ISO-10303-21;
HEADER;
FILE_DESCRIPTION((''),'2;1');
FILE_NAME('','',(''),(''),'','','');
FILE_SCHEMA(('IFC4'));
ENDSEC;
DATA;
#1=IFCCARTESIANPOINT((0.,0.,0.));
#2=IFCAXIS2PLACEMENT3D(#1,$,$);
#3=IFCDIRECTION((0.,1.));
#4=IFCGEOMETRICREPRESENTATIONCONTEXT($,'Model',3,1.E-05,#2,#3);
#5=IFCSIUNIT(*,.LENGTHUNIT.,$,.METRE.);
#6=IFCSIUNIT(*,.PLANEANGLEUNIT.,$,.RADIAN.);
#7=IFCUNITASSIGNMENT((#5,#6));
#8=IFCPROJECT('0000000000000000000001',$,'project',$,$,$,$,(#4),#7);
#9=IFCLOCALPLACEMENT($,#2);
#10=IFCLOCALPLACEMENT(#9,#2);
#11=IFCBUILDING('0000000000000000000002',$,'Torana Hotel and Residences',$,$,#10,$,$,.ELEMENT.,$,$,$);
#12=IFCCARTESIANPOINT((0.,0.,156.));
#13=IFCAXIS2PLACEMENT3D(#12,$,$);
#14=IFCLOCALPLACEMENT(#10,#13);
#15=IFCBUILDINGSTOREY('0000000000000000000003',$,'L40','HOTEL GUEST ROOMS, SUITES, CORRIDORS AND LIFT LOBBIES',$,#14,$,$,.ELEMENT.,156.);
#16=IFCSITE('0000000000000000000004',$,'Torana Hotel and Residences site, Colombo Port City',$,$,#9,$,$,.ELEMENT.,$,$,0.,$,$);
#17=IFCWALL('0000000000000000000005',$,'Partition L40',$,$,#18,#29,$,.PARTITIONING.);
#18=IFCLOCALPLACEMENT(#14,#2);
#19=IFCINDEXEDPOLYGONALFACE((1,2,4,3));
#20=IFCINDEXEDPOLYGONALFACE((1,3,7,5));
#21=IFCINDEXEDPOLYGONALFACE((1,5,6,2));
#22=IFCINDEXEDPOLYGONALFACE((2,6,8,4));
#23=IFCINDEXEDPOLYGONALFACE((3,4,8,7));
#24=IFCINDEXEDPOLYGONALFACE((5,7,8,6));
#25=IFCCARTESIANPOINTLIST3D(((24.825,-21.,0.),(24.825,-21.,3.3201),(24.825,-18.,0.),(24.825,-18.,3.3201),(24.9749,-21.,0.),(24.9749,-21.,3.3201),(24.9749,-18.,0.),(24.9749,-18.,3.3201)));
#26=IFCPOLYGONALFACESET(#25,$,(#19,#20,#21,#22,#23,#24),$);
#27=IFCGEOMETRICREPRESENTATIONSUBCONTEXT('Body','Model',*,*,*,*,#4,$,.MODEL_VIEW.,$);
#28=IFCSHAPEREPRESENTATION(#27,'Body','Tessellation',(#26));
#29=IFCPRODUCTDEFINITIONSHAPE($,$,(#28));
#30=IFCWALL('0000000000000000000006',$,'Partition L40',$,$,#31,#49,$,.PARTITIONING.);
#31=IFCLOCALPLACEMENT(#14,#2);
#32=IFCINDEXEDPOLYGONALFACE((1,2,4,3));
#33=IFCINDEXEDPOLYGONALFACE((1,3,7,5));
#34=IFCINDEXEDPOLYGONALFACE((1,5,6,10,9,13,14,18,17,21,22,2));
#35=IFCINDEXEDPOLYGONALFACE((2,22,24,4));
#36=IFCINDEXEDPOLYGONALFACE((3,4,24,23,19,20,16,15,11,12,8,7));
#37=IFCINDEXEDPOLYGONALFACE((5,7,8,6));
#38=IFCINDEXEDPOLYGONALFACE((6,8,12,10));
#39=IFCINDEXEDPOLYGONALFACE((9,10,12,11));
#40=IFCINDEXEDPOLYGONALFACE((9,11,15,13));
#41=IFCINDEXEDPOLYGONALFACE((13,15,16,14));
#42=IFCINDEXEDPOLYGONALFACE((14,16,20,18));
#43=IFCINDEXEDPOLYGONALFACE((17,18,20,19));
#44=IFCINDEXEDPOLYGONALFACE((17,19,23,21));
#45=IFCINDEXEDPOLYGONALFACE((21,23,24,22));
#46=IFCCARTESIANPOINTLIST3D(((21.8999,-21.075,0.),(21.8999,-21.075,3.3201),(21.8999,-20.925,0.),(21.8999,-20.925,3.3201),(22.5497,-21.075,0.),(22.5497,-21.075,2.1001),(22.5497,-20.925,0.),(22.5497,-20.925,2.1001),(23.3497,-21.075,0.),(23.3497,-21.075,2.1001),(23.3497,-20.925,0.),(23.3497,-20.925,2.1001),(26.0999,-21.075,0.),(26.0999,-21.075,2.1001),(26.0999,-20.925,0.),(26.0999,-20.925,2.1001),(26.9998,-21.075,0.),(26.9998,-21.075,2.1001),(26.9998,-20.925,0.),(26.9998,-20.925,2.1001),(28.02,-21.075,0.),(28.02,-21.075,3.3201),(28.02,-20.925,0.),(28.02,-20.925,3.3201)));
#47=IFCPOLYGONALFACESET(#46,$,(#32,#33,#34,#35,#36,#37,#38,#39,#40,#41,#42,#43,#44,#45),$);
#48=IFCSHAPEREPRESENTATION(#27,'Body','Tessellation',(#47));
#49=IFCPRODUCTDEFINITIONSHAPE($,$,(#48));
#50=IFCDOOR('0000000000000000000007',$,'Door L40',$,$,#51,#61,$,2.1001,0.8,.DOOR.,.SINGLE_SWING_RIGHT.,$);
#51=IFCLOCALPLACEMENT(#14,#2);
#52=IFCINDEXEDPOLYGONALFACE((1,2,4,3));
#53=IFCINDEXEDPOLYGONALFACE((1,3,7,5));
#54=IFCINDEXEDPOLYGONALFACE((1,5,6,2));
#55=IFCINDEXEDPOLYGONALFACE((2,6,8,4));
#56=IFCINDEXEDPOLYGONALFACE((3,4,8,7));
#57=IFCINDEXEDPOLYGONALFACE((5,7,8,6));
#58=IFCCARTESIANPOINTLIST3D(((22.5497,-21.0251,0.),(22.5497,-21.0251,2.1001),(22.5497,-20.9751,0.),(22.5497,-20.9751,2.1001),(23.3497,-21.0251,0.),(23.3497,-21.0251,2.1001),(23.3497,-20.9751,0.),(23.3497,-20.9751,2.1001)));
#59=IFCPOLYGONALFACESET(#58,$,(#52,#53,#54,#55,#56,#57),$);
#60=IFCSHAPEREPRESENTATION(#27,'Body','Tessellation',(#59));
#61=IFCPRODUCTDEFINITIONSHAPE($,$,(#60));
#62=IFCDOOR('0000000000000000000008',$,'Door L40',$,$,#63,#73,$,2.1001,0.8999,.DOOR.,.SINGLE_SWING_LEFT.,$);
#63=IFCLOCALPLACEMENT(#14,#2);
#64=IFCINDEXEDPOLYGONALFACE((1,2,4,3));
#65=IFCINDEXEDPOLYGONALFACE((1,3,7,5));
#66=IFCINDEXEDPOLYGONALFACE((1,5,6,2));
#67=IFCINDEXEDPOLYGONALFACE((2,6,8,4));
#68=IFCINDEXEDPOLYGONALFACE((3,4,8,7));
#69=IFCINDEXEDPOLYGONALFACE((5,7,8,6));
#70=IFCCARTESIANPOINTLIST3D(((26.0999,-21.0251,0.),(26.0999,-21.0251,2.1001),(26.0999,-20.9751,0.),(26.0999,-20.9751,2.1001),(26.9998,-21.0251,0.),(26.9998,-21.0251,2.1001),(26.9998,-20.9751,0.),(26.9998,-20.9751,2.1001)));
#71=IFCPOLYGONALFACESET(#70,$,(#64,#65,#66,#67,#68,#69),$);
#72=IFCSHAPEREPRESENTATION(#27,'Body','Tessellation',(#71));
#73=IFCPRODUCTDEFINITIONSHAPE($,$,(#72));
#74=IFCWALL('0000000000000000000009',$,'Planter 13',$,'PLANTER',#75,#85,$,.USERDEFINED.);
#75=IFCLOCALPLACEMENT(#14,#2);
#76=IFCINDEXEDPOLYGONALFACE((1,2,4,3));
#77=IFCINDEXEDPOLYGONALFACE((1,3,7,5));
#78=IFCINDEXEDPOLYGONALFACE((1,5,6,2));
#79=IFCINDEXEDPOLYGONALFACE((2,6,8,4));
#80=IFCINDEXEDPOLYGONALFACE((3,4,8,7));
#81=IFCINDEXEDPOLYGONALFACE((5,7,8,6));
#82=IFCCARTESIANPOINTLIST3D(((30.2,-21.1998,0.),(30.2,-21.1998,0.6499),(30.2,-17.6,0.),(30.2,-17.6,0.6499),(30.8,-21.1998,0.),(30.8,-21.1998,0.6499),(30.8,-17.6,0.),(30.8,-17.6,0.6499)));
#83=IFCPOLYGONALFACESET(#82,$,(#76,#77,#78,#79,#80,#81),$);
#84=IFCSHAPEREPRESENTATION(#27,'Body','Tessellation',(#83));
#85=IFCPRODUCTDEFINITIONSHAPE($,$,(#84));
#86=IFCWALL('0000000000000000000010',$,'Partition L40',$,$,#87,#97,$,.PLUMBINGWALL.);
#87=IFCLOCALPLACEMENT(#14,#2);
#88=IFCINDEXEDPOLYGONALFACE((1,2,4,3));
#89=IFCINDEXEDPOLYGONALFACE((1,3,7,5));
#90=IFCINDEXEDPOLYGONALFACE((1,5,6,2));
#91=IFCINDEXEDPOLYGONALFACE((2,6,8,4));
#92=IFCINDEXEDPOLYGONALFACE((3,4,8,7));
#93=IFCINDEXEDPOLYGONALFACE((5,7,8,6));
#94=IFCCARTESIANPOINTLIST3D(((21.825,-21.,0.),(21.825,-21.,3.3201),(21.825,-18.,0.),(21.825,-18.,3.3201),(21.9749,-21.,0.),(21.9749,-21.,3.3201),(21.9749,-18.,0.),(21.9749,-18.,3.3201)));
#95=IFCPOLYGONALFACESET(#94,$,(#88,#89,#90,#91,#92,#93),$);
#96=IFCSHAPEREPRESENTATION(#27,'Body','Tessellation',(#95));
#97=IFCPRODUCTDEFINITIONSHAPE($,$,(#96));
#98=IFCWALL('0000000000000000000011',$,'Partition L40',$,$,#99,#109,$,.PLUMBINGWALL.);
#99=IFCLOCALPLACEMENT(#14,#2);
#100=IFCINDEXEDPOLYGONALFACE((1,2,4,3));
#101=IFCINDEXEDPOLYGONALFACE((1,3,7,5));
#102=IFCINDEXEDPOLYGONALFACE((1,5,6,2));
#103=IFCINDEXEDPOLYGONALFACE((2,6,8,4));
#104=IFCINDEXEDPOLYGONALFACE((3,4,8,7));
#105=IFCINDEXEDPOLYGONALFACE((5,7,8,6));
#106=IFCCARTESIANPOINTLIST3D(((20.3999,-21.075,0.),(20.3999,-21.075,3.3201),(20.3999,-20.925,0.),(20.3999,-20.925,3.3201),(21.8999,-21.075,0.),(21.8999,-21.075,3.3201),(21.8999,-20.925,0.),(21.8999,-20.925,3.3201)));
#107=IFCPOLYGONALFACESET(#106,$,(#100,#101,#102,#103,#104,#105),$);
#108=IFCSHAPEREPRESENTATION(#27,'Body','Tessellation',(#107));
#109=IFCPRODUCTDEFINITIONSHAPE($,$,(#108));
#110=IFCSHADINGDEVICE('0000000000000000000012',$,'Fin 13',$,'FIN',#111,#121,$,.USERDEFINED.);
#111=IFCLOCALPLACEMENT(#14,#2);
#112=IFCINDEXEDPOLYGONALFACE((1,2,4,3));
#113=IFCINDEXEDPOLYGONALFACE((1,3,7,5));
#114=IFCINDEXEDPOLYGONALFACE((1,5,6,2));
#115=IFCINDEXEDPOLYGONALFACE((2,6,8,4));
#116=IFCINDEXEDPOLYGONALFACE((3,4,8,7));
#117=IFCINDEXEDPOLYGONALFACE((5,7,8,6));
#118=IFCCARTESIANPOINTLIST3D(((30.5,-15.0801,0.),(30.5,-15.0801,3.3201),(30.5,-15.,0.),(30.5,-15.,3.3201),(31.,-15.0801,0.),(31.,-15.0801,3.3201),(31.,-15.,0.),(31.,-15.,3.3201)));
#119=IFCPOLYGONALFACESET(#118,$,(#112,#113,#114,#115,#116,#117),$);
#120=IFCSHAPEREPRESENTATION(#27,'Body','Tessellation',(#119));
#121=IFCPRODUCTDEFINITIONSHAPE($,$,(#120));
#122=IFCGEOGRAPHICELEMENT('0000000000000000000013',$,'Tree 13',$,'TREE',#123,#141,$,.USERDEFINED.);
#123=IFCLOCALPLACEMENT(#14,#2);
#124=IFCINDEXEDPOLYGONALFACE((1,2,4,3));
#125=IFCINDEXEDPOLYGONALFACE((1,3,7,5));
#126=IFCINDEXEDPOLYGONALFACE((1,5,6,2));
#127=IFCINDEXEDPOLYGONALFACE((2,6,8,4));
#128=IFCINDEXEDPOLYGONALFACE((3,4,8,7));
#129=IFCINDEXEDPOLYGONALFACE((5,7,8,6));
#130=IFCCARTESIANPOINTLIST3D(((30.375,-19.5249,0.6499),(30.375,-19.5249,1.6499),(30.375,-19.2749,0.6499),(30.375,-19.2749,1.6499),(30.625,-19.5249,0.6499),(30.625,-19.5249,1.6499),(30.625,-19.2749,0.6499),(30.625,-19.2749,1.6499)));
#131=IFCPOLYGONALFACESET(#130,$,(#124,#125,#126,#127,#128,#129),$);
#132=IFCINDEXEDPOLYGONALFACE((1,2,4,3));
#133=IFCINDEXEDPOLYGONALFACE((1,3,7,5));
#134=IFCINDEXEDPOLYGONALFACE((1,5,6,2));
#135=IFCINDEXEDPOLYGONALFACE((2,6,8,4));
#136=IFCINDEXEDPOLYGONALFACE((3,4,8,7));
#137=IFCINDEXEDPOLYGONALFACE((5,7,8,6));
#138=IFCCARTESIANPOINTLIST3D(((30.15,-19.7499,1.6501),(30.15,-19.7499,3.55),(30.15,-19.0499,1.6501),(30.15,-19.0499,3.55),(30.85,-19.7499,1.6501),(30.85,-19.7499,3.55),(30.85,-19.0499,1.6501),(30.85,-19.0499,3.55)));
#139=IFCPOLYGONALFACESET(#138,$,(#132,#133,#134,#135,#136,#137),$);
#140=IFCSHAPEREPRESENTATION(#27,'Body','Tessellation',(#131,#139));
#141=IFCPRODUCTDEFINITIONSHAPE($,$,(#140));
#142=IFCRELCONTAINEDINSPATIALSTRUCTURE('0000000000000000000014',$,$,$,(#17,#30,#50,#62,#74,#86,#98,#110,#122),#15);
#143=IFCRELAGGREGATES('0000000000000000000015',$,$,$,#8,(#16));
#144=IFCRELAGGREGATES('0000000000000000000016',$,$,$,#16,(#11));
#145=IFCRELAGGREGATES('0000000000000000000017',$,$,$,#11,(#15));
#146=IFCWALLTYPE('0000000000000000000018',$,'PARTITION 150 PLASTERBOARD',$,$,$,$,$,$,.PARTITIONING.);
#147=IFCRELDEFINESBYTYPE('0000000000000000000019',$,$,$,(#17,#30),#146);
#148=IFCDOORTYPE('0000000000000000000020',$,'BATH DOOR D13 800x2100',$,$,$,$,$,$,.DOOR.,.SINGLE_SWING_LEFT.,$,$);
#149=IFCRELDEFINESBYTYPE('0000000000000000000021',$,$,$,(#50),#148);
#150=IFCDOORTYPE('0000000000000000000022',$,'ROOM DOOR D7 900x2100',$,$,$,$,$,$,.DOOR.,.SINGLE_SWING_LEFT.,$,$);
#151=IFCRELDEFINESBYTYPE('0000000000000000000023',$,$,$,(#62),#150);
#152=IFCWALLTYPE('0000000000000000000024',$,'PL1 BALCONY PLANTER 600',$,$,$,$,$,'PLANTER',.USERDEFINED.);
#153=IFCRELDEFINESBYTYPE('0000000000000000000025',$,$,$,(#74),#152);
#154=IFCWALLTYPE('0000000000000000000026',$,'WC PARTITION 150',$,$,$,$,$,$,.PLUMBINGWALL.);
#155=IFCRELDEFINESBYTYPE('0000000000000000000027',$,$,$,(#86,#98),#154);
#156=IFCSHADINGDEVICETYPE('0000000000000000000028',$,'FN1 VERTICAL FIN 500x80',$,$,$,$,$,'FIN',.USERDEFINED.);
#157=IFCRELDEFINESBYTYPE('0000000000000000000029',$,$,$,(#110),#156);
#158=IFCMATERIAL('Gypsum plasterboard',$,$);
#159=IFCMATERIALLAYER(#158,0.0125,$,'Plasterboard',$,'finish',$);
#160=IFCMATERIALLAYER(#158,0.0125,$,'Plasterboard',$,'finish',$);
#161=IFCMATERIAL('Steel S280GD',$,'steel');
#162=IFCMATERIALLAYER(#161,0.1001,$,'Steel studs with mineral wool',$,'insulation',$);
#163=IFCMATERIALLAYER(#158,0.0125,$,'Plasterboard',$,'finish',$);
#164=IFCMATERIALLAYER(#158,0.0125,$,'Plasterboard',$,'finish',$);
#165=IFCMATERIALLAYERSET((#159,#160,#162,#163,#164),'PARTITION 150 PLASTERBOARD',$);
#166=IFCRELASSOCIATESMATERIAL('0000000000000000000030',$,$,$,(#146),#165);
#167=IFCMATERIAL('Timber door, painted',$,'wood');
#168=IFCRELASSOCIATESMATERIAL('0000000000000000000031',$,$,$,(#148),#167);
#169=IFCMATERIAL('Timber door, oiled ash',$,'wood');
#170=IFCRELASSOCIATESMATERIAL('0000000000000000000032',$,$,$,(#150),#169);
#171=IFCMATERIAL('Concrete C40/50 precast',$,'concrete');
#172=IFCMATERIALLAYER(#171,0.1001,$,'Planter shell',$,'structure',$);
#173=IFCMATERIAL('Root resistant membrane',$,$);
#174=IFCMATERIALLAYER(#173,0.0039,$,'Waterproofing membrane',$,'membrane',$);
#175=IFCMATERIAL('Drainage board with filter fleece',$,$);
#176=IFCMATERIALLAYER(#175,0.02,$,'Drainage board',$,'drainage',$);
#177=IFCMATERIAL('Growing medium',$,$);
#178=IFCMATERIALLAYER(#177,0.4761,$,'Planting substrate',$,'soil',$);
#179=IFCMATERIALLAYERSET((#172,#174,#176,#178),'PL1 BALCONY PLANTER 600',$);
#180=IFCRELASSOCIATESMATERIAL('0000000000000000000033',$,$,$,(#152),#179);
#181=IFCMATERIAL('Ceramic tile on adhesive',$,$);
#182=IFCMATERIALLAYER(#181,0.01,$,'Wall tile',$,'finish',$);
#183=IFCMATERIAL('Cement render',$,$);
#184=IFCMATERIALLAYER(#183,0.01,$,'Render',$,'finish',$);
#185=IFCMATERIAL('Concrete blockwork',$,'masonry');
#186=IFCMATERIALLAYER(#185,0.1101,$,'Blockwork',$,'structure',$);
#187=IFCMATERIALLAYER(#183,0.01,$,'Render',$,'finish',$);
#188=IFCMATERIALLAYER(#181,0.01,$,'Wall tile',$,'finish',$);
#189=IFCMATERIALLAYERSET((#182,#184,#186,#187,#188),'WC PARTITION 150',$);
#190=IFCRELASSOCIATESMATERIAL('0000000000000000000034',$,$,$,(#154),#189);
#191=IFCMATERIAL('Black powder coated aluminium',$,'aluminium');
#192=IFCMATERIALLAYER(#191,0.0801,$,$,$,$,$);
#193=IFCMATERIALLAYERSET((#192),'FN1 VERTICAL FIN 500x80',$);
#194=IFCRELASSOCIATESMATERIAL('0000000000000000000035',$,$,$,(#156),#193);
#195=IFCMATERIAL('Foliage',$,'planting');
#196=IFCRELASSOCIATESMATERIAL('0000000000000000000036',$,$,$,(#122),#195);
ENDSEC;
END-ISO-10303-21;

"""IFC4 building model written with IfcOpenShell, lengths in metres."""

from ifc_helpers import new_model, si_unit, direction, frame, frame_2d, origin, origin_2d, place, context, subcontext, project, spatial, rectangle, extrude, material, layer, layer_set, type_object, element, fill, save


model = new_model("IFC4")

# Units and contexts
model_context = context("Model", 3, precision=1e-05, world=origin(), true_north=direction((0.0, 1.0)))
body_context = subcontext(model_context, "Body", "Model", "MODEL_VIEW")
ifc_project = project(units=[si_unit("LENGTHUNIT", "METRE"), si_unit("PLANEANGLEUNIT", "RADIAN")], contexts=[model_context])

# Site, building, storey
site_placement = place(None, origin())
site = spatial("IfcSite", under=ifc_project, at=site_placement, Name="Torana Hotel and Residences site, Colombo Port City", CompositionType="ELEMENT", RefElevation=0.0)
building_placement = place(site_placement, origin())
building = spatial("IfcBuilding", under=site, at=building_placement, Name="Torana Hotel and Residences", CompositionType="ELEMENT")
storey_placement = place(building_placement, frame((0.0, 0.0, 156.0)))
storey = spatial("IfcBuildingStorey", under=building, at=storey_placement, Name="L40", Description="HOTEL GUEST ROOMS, SUITES, CORRIDORS AND LIFT LOBBIES", CompositionType="ELEMENT", Elevation=156.0)

# Shared definitions
ifc_material_1 = material(Name="Concrete blockwork", Category="masonry")

# Wall
ifc_material_2 = material(Name="Gypsum plasterboard")
ifc_layer_1 = layer(ifc_material_2, 0.0125, Name="Plasterboard", Category="finish")
ifc_layer_2 = layer(ifc_material_2, 0.0125, Name="Plasterboard", Category="finish")
ifc_material_3 = material(Name="Steel S280GD", Category="steel")
ifc_layer_3 = layer(ifc_material_3, 0.1001, Name="Steel studs with mineral wool", Category="insulation")
ifc_layer_4 = layer(ifc_material_2, 0.0125, Name="Plasterboard", Category="finish")
ifc_layer_5 = layer(ifc_material_2, 0.0125, Name="Plasterboard", Category="finish")
ifc_layer_set_1 = layer_set([ifc_layer_1, ifc_layer_2, ifc_layer_3, ifc_layer_4, ifc_layer_5], Name="PARTITION 150 PLASTERBOARD")
wall_type_1 = type_object("IfcWallType", Name="PARTITION 150 PLASTERBOARD", PredefinedType="PARTITIONING", material=ifc_layer_set_1)
wall_1_placement = place(storey_placement, frame((24.8999, -21.0, 0.0), z_axis=(0.0, 0.0, 1.0), x_axis=(0.0, 1.0, 0.0)))
element("IfcWall", 1, at=wall_1_placement, inside=storey, type_object=wall_type_1, Name="Partition L40", PredefinedType="PARTITIONING", context=body_context, shape_type="SweptSolid", body=[
    extrude(rectangle(XDim=3.0, YDim=0.1499, at=frame_2d((1.5, 0.0))), origin(), (0.0, 0.0, 1.0), 3.3201),
])

# Wall, openings, doors
wall_2_placement = place(storey_placement, frame((21.8999, -21.0, 0.0), z_axis=(0.0, 0.0, 1.0), x_axis=(1.0, 0.0, 0.0)))
wall_2 = element("IfcWall", 2, at=wall_2_placement, inside=storey, type_object=wall_type_1, Name="Partition L40", PredefinedType="PARTITIONING", context=body_context, shape_type="SweptSolid", body=[
    extrude(rectangle(XDim=6.1201, YDim=0.1499, at=frame_2d((3.0601, 0.0))), origin(), (0.0, 0.0, 1.0), 3.3201),
])
opening_1_placement = place(wall_2_placement, frame((0.6499, 0.0, 0.0)))
opening_1 = element("IfcOpeningElement", 3, at=opening_1_placement, cuts=wall_2, PredefinedType="OPENING", context=body_context, shape_type="SweptSolid", body=[
    extrude(rectangle(XDim=0.8, YDim=2.1001, at=frame_2d((0.3999, 1.05))), frame((0.0, 0.085, 0.0), z_axis=(0.0, -1.0, 0.0), x_axis=(1.0, 0.0, 0.0)), (0.0, 0.0, 1.0), 0.1699),
])
opening_2_placement = place(wall_2_placement, frame((4.2, 0.0, 0.0)))
opening_2 = element("IfcOpeningElement", 4, at=opening_2_placement, cuts=wall_2, PredefinedType="OPENING", context=body_context, shape_type="SweptSolid", body=[
    extrude(rectangle(XDim=0.8999, YDim=2.1001, at=frame_2d((0.45, 1.05))), frame((0.0, 0.085, 0.0), z_axis=(0.0, -1.0, 0.0), x_axis=(1.0, 0.0, 0.0)), (0.0, 0.0, 1.0), 0.1699),
])
ifc_material_4 = material(Name="Timber door, painted", Category="wood")
door_type_1 = type_object("IfcDoorType", Name="BATH DOOR D13 800x2100", OperationType="SINGLE_SWING_LEFT", PredefinedType="DOOR", material=ifc_material_4)
door_1_placement = place(opening_1_placement, origin())
door_1 = element("IfcDoor", 5, at=door_1_placement, inside=storey, type_object=door_type_1, Name="Door L40", OperationType="SINGLE_SWING_RIGHT", OverallHeight=2.1001, OverallWidth=0.8, PredefinedType="DOOR", context=body_context, shape_type="SweptSolid", body=[
    extrude(rectangle(XDim=0.8, YDim=2.1001, at=frame_2d((0.3999, 1.05))), frame((0.0, 0.0249, 0.0), z_axis=(0.0, -1.0, 0.0), x_axis=(1.0, 0.0, 0.0)), (0.0, 0.0, 1.0), 0.05),
])
fill(opening_1, door_1)
ifc_material_5 = material(Name="Timber door, oiled ash", Category="wood")
door_type_2 = type_object("IfcDoorType", Name="ROOM DOOR D7 900x2100", OperationType="SINGLE_SWING_LEFT", PredefinedType="DOOR", material=ifc_material_5)
door_2_placement = place(opening_2_placement, origin())
door_2 = element("IfcDoor", 6, at=door_2_placement, inside=storey, type_object=door_type_2, Name="Door L40", OperationType="SINGLE_SWING_LEFT", OverallHeight=2.1001, OverallWidth=0.8999, PredefinedType="DOOR", context=body_context, shape_type="SweptSolid", body=[
    extrude(rectangle(XDim=0.8999, YDim=2.1001, at=frame_2d((0.45, 1.05))), frame((0.0, 0.0249, 0.0), z_axis=(0.0, -1.0, 0.0), x_axis=(1.0, 0.0, 0.0)), (0.0, 0.0, 1.0), 0.05),
])
fill(opening_2, door_2)

# Walls
ifc_material_6 = material(Name="Concrete C40/50 precast", Category="concrete")
ifc_layer_6 = layer(ifc_material_6, 0.1001, Name="Planter shell", Category="structure")
ifc_material_7 = material(Name="Root resistant membrane")
ifc_layer_7 = layer(ifc_material_7, 0.0039, Name="Waterproofing membrane", Category="membrane")
ifc_material_8 = material(Name="Drainage board with filter fleece")
ifc_layer_8 = layer(ifc_material_8, 0.02, Name="Drainage board", Category="drainage")
ifc_material_9 = material(Name="Growing medium")
ifc_layer_9 = layer(ifc_material_9, 0.4761, Name="Planting substrate", Category="soil")
ifc_layer_set_2 = layer_set([ifc_layer_6, ifc_layer_7, ifc_layer_8, ifc_layer_9], Name="PL1 BALCONY PLANTER 600")
wall_type_2 = type_object("IfcWallType", Name="PL1 BALCONY PLANTER 600", ElementType="PLANTER", PredefinedType="USERDEFINED", material=ifc_layer_set_2)
wall_3_placement = place(storey_placement, frame((30.5, -17.6001, 0.0), z_axis=(0.0, 0.0, 1.0), x_axis=(0.0, -1.0, 0.0)))
element("IfcWall", 7, at=wall_3_placement, inside=storey, type_object=wall_type_2, Name="Planter 13", ObjectType="PLANTER", PredefinedType="USERDEFINED", context=body_context, shape_type="SweptSolid", body=[
    extrude(rectangle(XDim=3.5999, YDim=0.6001, at=frame_2d((1.7998, 0.0))), origin(), (0.0, 0.0, 1.0), 0.6499),
])
ifc_material_10 = material(Name="Ceramic tile on adhesive")
ifc_layer_10 = layer(ifc_material_10, 0.01, Name="Wall tile", Category="finish")
ifc_material_11 = material(Name="Cement render")
ifc_layer_11 = layer(ifc_material_11, 0.01, Name="Render", Category="finish")
ifc_layer_12 = layer(ifc_material_1, 0.1101, Name="Blockwork", Category="structure")
ifc_layer_13 = layer(ifc_material_11, 0.01, Name="Render", Category="finish")
ifc_layer_14 = layer(ifc_material_10, 0.01, Name="Wall tile", Category="finish")
ifc_layer_set_3 = layer_set([ifc_layer_10, ifc_layer_11, ifc_layer_12, ifc_layer_13, ifc_layer_14], Name="WC PARTITION 150")
wall_type_3 = type_object("IfcWallType", Name="WC PARTITION 150", PredefinedType="PLUMBINGWALL", material=ifc_layer_set_3)
wall_4_placement = place(storey_placement, frame((21.8999, -21.0, 0.0), z_axis=(0.0, 0.0, 1.0), x_axis=(0.0, 1.0, 0.0)))
element("IfcWall", 8, at=wall_4_placement, inside=storey, type_object=wall_type_3, Name="Partition L40", PredefinedType="PLUMBINGWALL", context=body_context, shape_type="SweptSolid", body=[
    extrude(rectangle(XDim=3.0, YDim=0.1499, at=frame_2d((1.5, 0.0))), origin(), (0.0, 0.0, 1.0), 3.3201),
])
wall_5_placement = place(storey_placement, frame((20.3999, -21.0, 0.0), z_axis=(0.0, 0.0, 1.0), x_axis=(1.0, 0.0, 0.0)))
element("IfcWall", 9, at=wall_5_placement, inside=storey, type_object=wall_type_3, Name="Partition L40", PredefinedType="PLUMBINGWALL", context=body_context, shape_type="SweptSolid", body=[
    extrude(rectangle(XDim=1.5, YDim=0.1499, at=frame_2d((0.75, 0.0))), origin(), (0.0, 0.0, 1.0), 3.3201),
])

# Shading device
ifc_material_12 = material(Name="Black powder coated aluminium", Category="aluminium")
ifc_layer_15 = layer(ifc_material_12, 0.0801)
ifc_layer_set_4 = layer_set([ifc_layer_15], Name="FN1 VERTICAL FIN 500x80")
shading_device_type = type_object("IfcShadingDeviceType", Name="FN1 VERTICAL FIN 500x80", ElementType="FIN", PredefinedType="USERDEFINED", material=ifc_layer_set_4)
shading_device_placement = place(storey_placement, frame((30.75, -15.04, 0.0), z_axis=(0.0, 0.0, 1.0), x_axis=(0.0, -1.0, 0.0)))
element("IfcShadingDevice", 10, at=shading_device_placement, inside=storey, type_object=shading_device_type, Name="Fin 13", ObjectType="FIN", PredefinedType="USERDEFINED", context=body_context, shape_type="SweptSolid", body=[
    extrude(rectangle(XDim=0.0801, YDim=0.5, at=origin_2d()), origin(), (0.0, 0.0, 1.0), 3.3201),
])

# Geographic element
ifc_material_13 = material(Name="Foliage", Category="planting")
geographic_element_placement = place(storey_placement, frame((30.5, -19.3999, 0.6499), z_axis=(0.0, 0.0, 1.0), x_axis=(1.0, 0.0, 0.0)))
element("IfcGeographicElement", 11, at=geographic_element_placement, inside=storey, material=ifc_material_13, Name="Tree 13", ObjectType="TREE", PredefinedType="USERDEFINED", context=body_context, shape_type="SweptSolid", body=[
    extrude(rectangle(XDim=0.25, YDim=0.25, at=origin_2d()), origin(), (0.0, 0.0, 1.0), 1.0),
    extrude(rectangle(XDim=0.7, YDim=0.7, at=origin_2d()), frame((0.0, 0.0, 1.0002)), (0.0, 0.0, 1.0), 1.8999),
])

save(model, "model.ifc")
